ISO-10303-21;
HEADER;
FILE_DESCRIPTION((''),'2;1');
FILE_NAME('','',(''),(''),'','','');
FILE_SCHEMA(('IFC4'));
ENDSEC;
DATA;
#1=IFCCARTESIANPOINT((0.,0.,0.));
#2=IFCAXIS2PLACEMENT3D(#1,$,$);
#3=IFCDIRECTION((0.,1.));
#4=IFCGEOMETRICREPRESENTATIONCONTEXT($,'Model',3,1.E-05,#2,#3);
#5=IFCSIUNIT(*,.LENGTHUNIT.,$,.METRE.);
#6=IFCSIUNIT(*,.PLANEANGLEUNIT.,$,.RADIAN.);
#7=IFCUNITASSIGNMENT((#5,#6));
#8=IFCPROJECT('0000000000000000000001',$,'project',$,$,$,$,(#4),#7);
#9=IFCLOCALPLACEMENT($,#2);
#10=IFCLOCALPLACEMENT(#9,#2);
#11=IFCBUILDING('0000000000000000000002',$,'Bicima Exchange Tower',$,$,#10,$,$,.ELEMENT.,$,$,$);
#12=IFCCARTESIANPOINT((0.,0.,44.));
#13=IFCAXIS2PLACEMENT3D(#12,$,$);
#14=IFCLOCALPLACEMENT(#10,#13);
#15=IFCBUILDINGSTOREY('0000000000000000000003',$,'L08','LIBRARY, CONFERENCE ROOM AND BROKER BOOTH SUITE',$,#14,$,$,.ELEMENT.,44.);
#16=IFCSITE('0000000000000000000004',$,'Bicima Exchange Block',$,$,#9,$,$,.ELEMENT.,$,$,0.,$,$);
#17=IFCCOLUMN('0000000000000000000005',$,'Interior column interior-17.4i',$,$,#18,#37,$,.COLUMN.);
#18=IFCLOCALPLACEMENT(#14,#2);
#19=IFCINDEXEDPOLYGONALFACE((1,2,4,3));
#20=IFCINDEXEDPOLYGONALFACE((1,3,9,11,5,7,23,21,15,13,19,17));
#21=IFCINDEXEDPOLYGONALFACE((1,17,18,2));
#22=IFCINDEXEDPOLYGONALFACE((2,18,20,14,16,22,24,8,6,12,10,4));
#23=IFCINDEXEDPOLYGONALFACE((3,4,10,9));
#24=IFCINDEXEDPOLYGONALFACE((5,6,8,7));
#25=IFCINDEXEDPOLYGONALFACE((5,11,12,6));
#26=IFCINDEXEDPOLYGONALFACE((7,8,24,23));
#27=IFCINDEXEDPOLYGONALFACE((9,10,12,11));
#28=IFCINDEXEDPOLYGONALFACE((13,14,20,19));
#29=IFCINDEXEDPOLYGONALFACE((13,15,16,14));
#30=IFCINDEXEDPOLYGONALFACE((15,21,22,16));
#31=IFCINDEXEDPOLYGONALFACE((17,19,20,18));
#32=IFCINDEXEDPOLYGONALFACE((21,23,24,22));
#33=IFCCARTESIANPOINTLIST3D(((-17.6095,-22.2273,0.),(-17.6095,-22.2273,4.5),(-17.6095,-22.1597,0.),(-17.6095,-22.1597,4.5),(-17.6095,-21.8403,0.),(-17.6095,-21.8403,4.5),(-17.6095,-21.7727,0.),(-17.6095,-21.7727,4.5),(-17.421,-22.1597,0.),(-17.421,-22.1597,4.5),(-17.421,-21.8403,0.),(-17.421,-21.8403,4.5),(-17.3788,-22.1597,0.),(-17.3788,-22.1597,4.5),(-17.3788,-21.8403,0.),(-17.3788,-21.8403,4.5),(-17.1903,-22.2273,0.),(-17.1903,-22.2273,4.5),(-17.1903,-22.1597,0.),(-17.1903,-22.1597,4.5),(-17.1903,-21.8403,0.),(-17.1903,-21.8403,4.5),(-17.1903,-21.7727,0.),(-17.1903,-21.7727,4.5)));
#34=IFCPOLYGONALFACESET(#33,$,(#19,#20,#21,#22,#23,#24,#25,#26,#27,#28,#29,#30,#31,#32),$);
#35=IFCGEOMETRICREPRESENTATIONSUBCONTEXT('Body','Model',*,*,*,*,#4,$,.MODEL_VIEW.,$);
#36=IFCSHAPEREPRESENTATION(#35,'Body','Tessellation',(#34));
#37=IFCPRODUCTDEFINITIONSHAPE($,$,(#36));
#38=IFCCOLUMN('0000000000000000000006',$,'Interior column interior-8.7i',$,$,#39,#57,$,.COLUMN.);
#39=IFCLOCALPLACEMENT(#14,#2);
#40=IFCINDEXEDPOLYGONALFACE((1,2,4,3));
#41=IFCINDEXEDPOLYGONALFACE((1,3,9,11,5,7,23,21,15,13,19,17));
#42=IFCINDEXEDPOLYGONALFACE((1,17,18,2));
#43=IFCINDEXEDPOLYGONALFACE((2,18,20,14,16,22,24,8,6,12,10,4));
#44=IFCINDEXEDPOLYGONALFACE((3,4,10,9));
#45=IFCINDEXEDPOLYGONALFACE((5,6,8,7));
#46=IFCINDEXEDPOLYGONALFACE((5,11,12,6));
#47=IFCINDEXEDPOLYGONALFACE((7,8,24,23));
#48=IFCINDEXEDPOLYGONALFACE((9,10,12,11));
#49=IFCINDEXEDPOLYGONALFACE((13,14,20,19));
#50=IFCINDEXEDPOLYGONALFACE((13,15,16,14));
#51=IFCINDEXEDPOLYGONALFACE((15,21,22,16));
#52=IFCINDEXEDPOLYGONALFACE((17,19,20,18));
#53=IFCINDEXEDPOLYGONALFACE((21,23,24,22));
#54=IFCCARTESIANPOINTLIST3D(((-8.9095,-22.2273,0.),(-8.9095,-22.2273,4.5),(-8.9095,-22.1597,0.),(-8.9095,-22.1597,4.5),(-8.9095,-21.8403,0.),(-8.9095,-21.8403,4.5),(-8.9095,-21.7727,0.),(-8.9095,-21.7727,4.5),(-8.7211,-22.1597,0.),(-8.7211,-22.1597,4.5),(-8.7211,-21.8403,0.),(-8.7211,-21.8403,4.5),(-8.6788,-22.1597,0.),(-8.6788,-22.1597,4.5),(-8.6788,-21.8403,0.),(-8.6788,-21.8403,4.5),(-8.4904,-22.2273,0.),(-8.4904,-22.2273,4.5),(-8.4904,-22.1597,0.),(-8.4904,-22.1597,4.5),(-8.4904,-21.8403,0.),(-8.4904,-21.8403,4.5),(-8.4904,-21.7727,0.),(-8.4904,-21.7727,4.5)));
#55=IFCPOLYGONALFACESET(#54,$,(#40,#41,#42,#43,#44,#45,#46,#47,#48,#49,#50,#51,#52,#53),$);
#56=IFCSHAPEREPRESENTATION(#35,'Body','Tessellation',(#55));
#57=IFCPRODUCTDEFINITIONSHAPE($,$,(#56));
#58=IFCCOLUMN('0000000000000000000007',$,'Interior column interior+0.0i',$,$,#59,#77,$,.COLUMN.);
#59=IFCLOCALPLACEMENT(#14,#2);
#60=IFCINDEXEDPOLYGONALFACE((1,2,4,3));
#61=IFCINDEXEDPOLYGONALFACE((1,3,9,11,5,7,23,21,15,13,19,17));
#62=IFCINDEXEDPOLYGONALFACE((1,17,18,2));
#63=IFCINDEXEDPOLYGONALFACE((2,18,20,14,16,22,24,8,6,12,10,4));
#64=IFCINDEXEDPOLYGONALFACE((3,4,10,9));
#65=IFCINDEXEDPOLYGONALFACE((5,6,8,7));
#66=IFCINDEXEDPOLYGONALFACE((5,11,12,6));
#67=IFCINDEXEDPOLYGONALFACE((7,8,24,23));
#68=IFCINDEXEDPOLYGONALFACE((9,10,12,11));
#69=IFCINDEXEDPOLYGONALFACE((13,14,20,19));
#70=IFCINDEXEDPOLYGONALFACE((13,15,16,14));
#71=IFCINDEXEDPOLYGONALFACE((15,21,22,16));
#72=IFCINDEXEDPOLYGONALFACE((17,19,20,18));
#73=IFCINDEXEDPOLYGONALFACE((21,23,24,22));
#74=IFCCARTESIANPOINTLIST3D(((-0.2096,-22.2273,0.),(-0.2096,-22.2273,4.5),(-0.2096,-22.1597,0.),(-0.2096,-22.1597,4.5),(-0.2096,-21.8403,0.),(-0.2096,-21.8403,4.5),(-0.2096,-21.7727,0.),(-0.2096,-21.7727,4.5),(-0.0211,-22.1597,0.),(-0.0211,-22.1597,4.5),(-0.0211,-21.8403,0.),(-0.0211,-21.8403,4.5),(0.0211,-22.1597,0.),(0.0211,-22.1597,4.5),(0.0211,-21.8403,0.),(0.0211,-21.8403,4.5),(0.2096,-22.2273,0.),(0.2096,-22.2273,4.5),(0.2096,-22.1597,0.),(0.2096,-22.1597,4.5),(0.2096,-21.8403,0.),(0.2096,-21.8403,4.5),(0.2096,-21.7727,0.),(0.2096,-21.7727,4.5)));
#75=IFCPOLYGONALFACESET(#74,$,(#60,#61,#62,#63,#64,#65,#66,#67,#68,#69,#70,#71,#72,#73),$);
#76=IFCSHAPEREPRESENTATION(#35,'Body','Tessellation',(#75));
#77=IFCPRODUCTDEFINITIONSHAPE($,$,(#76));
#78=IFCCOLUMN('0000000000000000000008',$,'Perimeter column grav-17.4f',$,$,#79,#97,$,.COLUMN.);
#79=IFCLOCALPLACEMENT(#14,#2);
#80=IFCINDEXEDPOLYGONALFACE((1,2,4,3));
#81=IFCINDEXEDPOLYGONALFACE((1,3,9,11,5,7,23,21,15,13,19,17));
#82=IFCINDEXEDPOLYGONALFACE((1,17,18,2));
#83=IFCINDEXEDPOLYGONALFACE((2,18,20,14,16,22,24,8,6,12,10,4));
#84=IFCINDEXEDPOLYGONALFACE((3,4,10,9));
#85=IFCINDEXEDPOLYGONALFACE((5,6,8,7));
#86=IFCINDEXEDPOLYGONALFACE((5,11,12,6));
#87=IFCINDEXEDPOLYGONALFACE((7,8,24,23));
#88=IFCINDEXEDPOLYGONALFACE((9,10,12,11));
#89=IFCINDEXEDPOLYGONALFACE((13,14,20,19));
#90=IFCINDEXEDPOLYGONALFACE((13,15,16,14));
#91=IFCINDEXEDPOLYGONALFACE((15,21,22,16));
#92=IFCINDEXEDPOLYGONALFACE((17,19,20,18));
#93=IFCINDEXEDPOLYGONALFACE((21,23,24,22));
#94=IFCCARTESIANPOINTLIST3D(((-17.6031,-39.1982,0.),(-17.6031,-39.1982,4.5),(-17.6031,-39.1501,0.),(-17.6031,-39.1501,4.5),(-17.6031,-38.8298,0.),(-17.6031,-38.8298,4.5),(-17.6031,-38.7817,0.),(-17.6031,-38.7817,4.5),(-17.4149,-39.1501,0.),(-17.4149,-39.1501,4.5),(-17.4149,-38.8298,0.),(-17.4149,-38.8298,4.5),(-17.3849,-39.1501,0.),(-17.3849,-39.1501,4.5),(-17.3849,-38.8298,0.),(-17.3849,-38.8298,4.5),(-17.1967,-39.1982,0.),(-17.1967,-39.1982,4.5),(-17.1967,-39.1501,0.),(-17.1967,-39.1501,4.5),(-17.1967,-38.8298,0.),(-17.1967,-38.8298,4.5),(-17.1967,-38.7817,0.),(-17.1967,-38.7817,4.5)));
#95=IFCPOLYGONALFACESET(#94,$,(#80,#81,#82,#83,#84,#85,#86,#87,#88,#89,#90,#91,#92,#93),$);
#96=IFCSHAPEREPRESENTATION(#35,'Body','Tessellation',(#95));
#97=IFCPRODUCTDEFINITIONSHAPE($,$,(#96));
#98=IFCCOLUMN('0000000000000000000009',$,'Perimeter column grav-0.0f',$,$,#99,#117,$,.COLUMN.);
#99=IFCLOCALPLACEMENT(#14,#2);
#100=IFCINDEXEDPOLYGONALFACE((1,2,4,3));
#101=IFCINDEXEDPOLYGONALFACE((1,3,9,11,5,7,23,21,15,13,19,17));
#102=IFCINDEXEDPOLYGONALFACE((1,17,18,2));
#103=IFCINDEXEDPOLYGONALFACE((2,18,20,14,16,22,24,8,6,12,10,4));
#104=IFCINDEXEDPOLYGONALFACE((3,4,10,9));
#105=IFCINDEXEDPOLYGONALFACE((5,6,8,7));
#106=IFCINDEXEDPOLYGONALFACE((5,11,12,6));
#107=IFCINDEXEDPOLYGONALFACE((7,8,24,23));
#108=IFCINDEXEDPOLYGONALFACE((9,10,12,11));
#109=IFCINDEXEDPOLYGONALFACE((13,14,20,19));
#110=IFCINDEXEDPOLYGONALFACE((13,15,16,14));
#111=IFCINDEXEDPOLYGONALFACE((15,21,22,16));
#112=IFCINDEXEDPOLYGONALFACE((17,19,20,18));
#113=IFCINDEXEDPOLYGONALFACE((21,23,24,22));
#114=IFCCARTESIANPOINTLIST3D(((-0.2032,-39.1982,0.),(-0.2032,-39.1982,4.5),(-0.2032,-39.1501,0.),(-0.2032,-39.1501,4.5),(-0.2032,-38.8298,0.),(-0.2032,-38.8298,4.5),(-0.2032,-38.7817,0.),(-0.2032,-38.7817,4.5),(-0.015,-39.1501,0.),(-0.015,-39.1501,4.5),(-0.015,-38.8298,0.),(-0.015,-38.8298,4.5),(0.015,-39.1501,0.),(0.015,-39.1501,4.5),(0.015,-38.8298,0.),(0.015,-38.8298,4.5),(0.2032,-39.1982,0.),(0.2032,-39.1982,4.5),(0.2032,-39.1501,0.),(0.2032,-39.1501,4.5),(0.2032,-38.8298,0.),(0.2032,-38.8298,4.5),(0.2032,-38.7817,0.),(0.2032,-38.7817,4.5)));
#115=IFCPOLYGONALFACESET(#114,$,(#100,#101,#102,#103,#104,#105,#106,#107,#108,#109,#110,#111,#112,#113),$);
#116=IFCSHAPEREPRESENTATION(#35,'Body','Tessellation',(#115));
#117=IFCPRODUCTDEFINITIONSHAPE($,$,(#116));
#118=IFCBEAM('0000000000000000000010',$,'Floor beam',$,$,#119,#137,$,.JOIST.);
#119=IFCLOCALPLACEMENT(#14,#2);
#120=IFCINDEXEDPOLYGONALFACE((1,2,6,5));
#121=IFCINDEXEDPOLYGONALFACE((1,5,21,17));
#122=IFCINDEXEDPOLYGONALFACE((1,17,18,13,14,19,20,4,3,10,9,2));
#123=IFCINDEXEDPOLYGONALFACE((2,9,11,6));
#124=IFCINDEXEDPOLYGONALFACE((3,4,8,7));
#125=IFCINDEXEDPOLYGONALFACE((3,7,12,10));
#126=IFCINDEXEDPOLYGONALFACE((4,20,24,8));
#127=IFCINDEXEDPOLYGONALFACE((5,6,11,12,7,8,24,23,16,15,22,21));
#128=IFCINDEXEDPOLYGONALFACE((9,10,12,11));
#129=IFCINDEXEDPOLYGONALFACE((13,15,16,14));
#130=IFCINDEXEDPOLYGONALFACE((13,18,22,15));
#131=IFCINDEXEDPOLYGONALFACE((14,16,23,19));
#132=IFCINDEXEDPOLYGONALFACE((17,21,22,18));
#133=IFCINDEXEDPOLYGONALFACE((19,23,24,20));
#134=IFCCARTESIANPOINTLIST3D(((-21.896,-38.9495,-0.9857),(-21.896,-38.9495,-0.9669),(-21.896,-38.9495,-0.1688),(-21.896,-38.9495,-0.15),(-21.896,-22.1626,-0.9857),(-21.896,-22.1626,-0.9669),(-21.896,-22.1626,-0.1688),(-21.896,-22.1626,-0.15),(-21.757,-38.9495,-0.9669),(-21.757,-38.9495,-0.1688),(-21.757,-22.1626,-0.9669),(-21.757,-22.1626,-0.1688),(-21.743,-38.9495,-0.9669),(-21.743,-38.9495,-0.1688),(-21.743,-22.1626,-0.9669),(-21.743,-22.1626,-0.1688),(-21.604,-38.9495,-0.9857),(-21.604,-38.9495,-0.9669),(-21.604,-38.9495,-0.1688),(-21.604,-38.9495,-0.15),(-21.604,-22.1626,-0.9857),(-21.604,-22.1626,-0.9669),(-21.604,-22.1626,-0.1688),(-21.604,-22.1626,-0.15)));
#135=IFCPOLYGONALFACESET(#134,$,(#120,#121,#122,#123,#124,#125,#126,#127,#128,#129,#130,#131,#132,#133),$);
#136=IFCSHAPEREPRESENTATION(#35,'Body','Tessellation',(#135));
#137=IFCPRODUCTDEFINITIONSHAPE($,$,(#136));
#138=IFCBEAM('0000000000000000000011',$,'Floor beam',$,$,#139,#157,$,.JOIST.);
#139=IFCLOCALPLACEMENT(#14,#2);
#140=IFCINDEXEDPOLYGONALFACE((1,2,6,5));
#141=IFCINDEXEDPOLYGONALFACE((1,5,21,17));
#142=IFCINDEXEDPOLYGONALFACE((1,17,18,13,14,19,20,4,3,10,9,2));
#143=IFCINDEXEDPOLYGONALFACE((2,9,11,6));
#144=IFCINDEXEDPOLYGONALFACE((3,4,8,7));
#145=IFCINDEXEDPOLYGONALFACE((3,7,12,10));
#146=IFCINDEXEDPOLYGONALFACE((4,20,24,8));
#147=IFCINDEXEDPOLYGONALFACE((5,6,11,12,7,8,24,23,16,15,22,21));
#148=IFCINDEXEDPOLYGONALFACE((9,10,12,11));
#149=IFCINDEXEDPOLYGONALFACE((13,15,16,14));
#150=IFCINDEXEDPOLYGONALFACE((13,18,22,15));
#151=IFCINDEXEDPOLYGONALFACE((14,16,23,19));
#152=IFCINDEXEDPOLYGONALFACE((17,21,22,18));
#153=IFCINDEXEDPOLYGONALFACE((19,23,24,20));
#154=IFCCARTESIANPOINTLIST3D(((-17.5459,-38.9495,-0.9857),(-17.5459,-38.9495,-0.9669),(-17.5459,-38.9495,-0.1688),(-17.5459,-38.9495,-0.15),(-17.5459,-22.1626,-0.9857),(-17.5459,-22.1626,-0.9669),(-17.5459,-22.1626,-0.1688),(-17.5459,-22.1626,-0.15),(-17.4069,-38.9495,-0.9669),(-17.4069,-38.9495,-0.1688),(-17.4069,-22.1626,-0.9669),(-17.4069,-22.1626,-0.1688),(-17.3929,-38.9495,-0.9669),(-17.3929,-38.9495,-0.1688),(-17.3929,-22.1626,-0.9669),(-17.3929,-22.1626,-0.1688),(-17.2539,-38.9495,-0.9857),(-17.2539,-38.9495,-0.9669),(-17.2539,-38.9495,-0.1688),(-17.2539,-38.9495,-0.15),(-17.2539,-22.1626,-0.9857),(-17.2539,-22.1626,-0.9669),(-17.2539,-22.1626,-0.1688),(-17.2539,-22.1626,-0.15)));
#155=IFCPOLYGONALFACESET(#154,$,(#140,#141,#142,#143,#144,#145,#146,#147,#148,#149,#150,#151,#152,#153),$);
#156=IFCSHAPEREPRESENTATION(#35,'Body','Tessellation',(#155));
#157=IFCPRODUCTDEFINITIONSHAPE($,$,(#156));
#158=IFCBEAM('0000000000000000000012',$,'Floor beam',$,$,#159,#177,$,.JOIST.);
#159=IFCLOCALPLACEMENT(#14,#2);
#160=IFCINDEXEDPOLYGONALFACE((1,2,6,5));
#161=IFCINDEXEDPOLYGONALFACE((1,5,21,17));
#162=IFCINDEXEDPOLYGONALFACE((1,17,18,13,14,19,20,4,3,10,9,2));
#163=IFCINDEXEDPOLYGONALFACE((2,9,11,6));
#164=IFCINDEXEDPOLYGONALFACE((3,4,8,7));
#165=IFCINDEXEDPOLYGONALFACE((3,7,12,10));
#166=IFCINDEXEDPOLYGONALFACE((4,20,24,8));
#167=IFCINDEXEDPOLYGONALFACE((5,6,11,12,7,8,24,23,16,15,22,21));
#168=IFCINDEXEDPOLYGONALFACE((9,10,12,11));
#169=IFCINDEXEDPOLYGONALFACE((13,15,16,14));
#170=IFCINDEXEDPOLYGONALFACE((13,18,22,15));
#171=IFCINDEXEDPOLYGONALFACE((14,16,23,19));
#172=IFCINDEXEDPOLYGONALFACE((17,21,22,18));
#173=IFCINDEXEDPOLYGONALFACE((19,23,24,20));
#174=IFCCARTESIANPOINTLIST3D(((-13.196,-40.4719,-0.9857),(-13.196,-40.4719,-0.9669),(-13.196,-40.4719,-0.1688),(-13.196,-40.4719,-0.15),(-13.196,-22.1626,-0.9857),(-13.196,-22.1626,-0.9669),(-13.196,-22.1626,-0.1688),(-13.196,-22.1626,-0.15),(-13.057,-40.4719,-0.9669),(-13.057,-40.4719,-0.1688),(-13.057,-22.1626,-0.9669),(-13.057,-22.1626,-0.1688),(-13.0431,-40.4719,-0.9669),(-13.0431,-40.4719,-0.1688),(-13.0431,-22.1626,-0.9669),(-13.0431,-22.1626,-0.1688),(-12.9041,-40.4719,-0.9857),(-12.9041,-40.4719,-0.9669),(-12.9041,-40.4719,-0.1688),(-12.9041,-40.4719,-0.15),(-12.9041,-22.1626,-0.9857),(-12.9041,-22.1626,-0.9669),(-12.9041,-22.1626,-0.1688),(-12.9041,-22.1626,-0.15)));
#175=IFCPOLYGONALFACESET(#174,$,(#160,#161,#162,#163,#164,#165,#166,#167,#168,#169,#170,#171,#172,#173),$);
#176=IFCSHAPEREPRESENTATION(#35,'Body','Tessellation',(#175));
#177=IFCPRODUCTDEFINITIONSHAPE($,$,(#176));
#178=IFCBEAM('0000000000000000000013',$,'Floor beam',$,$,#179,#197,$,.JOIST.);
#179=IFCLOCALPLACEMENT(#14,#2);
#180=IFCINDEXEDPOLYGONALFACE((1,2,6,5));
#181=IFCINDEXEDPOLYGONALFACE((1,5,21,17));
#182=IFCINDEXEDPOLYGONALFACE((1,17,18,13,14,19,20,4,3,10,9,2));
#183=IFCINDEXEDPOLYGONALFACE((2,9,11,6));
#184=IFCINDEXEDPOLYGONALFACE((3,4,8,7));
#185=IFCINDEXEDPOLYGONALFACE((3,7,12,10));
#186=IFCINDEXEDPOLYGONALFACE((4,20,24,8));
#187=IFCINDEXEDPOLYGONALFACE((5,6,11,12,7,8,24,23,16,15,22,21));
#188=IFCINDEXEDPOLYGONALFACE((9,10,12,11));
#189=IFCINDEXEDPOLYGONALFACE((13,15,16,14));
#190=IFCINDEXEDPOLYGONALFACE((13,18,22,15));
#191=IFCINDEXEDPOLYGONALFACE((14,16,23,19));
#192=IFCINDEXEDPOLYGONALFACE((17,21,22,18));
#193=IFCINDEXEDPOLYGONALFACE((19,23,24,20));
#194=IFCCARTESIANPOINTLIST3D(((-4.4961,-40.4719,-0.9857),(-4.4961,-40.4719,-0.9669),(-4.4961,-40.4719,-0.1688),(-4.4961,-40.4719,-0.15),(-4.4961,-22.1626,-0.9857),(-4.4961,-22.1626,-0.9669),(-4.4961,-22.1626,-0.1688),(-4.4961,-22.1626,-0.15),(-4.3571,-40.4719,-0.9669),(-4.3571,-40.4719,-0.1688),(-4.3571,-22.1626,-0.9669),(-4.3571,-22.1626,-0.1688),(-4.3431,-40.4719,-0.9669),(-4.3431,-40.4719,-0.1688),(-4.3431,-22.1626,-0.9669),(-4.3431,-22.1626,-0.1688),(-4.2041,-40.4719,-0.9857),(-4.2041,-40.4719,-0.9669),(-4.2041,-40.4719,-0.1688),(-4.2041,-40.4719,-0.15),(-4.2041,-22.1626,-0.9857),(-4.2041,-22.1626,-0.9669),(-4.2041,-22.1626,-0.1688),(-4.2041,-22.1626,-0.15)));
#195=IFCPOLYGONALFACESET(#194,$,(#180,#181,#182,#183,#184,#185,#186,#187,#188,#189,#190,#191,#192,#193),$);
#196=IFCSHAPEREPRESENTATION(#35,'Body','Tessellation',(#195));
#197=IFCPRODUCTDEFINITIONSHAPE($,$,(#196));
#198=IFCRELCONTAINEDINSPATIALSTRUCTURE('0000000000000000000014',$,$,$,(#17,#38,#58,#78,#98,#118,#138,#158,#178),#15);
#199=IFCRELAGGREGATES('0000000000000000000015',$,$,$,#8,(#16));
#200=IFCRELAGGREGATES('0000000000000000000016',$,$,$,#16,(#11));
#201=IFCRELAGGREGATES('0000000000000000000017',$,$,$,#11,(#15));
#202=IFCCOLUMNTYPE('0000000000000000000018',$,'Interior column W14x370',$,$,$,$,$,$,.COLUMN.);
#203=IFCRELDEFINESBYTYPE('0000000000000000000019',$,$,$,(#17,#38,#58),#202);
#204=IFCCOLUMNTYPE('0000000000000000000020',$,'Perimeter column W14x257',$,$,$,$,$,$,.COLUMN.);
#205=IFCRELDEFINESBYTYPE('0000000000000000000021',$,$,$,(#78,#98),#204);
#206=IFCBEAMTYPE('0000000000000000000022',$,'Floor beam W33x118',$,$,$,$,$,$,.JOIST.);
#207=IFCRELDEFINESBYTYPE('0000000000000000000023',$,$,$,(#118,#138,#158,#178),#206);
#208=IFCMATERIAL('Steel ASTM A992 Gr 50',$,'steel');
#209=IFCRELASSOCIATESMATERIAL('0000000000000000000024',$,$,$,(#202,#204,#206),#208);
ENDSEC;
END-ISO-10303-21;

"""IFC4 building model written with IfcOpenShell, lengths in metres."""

from ifc_helpers import new_model, si_unit, direction, frame, origin, origin_2d, place, context, subcontext, project, spatial, i_section, extrude, material, material_profile, profile_set, type_object, element, save


model = new_model("IFC4")

# Units and contexts
model_context = context("Model", 3, precision=1e-05, world=origin(), true_north=direction((0.0, 1.0)))
body_context = subcontext(model_context, "Body", "Model", "MODEL_VIEW")
ifc_project = project(units=[si_unit("LENGTHUNIT", "METRE"), si_unit("PLANEANGLEUNIT", "RADIAN")], contexts=[model_context])

# Site, building, storey
site_placement = place(None, origin())
site = spatial("IfcSite", under=ifc_project, at=site_placement, Name="Bicima Exchange Block", CompositionType="ELEMENT", RefElevation=0.0)
building_placement = place(site_placement, origin())
building = spatial("IfcBuilding", under=site, at=building_placement, Name="Bicima Exchange Tower", CompositionType="ELEMENT")
storey_placement = place(building_placement, frame((0.0, 0.0, 44.0)))
storey = spatial("IfcBuildingStorey", under=building, at=storey_placement, Name="L08", Description="LIBRARY, CONFERENCE ROOM AND BROKER BOOTH SUITE", CompositionType="ELEMENT", Elevation=44.0)

# Columns
ifc_material_1 = material(Name="Steel ASTM A992 Gr 50", Category="steel")
ifc_material_profile_1 = material_profile(ifc_material_1, i_section(OverallWidth=0.4192, OverallDepth=0.4546, WebThickness=0.0422, FlangeThickness=0.0676, at=origin_2d()))
ifc_profile_set_1 = profile_set([ifc_material_profile_1], Name="Steel ASTM A992 Gr 50")
column_type_1 = type_object("IfcColumnType", Name="Interior column W14x370", PredefinedType="COLUMN", material=ifc_profile_set_1)
for number, where, z_axis, x_axis, name in (
    (1, (-17.3999, -22.0, 0.0), (0.0, 0.0, 1.0), (1.0, 0.0, 0.0), "Interior column interior-17.4i"),
    (2, (-8.7, -22.0, 0.0), (0.0, 0.0, 1.0), (1.0, 0.0, 0.0), "Interior column interior-8.7i"),
    (3, (0.0, -22.0, 0.0), (0.0, 0.0, 1.0), (1.0, 0.0, 0.0), "Interior column interior+0.0i"),
):
    element("IfcColumn", number, at=place(storey_placement, frame(where, z_axis=z_axis, x_axis=x_axis)), inside=storey, type_object=column_type_1, Name=name, PredefinedType="COLUMN", context=body_context, shape_type="SweptSolid", body=[
        extrude(i_section(OverallWidth=0.4192, OverallDepth=0.4546, WebThickness=0.0422, FlangeThickness=0.0676, at=origin_2d()), origin(), (0.0, 0.0, 1.0), 4.5),
    ])
ifc_material_profile_2 = material_profile(ifc_material_1, i_section(OverallWidth=0.4065, OverallDepth=0.4165, WebThickness=0.03, FlangeThickness=0.0481, at=origin_2d()))
ifc_profile_set_2 = profile_set([ifc_material_profile_2], Name="Steel ASTM A992 Gr 50")
column_type_2 = type_object("IfcColumnType", Name="Perimeter column W14x257", PredefinedType="COLUMN", material=ifc_profile_set_2)
for number, where, z_axis, x_axis, name in (
    (4, (-17.3999, -38.99, 0.0), (0.0, 0.0, 1.0), (1.0, 0.0, 0.0), "Perimeter column grav-17.4f"),
    (5, (0.0, -38.99, 0.0), (0.0, 0.0, 1.0), (1.0, 0.0, 0.0), "Perimeter column grav-0.0f"),
):
    element("IfcColumn", number, at=place(storey_placement, frame(where, z_axis=z_axis, x_axis=x_axis)), inside=storey, type_object=column_type_2, Name=name, PredefinedType="COLUMN", context=body_context, shape_type="SweptSolid", body=[
        extrude(i_section(OverallWidth=0.4065, OverallDepth=0.4165, WebThickness=0.03, FlangeThickness=0.0481, at=origin_2d()), origin(), (0.0, 0.0, 1.0), 4.5),
    ])

# Beams
ifc_material_profile_3 = material_profile(ifc_material_1, i_section(OverallWidth=0.292, OverallDepth=0.8357, WebThickness=0.0139, FlangeThickness=0.0188, at=origin_2d()))
ifc_profile_set_3 = profile_set([ifc_material_profile_3], Name="Steel ASTM A992 Gr 50")
beam_type_1 = type_object("IfcBeamType", Name="Floor beam W33x118", PredefinedType="JOIST", material=ifc_profile_set_3)
for number, where, z_axis, x_axis, name in (
    (6, (-21.75, -22.1626, -0.5679), (0.0, -1.0, 0.0), (1.0, 0.0, 0.0), "Floor beam"),
    (7, (-17.3999, -22.1626, -0.5679), (0.0, -1.0, 0.0), (1.0, 0.0, 0.0), "Floor beam"),
):
    element("IfcBeam", number, at=place(storey_placement, frame(where, z_axis=z_axis, x_axis=x_axis)), inside=storey, type_object=beam_type_1, Name=name, PredefinedType="JOIST", context=body_context, shape_type="SweptSolid", body=[
        extrude(i_section(OverallWidth=0.292, OverallDepth=0.8357, WebThickness=0.0139, FlangeThickness=0.0188, at=origin_2d()), origin(), (0.0, 0.0, 1.0), 16.7869),
    ])
for number, where, z_axis, x_axis, name in (
    (8, (-13.05, -22.1626, -0.5679), (0.0, -1.0, 0.0), (1.0, 0.0, 0.0), "Floor beam"),
    (9, (-4.3501, -22.1626, -0.5679), (0.0, -1.0, 0.0), (1.0, 0.0, 0.0), "Floor beam"),
):
    element("IfcBeam", number, at=place(storey_placement, frame(where, z_axis=z_axis, x_axis=x_axis)), inside=storey, type_object=beam_type_1, Name=name, PredefinedType="JOIST", context=body_context, shape_type="SweptSolid", body=[
        extrude(i_section(OverallWidth=0.292, OverallDepth=0.8357, WebThickness=0.0139, FlangeThickness=0.0188, at=origin_2d()), origin(), (0.0, 0.0, 1.0), 18.3093),
    ])

save(model, "model.ifc")
